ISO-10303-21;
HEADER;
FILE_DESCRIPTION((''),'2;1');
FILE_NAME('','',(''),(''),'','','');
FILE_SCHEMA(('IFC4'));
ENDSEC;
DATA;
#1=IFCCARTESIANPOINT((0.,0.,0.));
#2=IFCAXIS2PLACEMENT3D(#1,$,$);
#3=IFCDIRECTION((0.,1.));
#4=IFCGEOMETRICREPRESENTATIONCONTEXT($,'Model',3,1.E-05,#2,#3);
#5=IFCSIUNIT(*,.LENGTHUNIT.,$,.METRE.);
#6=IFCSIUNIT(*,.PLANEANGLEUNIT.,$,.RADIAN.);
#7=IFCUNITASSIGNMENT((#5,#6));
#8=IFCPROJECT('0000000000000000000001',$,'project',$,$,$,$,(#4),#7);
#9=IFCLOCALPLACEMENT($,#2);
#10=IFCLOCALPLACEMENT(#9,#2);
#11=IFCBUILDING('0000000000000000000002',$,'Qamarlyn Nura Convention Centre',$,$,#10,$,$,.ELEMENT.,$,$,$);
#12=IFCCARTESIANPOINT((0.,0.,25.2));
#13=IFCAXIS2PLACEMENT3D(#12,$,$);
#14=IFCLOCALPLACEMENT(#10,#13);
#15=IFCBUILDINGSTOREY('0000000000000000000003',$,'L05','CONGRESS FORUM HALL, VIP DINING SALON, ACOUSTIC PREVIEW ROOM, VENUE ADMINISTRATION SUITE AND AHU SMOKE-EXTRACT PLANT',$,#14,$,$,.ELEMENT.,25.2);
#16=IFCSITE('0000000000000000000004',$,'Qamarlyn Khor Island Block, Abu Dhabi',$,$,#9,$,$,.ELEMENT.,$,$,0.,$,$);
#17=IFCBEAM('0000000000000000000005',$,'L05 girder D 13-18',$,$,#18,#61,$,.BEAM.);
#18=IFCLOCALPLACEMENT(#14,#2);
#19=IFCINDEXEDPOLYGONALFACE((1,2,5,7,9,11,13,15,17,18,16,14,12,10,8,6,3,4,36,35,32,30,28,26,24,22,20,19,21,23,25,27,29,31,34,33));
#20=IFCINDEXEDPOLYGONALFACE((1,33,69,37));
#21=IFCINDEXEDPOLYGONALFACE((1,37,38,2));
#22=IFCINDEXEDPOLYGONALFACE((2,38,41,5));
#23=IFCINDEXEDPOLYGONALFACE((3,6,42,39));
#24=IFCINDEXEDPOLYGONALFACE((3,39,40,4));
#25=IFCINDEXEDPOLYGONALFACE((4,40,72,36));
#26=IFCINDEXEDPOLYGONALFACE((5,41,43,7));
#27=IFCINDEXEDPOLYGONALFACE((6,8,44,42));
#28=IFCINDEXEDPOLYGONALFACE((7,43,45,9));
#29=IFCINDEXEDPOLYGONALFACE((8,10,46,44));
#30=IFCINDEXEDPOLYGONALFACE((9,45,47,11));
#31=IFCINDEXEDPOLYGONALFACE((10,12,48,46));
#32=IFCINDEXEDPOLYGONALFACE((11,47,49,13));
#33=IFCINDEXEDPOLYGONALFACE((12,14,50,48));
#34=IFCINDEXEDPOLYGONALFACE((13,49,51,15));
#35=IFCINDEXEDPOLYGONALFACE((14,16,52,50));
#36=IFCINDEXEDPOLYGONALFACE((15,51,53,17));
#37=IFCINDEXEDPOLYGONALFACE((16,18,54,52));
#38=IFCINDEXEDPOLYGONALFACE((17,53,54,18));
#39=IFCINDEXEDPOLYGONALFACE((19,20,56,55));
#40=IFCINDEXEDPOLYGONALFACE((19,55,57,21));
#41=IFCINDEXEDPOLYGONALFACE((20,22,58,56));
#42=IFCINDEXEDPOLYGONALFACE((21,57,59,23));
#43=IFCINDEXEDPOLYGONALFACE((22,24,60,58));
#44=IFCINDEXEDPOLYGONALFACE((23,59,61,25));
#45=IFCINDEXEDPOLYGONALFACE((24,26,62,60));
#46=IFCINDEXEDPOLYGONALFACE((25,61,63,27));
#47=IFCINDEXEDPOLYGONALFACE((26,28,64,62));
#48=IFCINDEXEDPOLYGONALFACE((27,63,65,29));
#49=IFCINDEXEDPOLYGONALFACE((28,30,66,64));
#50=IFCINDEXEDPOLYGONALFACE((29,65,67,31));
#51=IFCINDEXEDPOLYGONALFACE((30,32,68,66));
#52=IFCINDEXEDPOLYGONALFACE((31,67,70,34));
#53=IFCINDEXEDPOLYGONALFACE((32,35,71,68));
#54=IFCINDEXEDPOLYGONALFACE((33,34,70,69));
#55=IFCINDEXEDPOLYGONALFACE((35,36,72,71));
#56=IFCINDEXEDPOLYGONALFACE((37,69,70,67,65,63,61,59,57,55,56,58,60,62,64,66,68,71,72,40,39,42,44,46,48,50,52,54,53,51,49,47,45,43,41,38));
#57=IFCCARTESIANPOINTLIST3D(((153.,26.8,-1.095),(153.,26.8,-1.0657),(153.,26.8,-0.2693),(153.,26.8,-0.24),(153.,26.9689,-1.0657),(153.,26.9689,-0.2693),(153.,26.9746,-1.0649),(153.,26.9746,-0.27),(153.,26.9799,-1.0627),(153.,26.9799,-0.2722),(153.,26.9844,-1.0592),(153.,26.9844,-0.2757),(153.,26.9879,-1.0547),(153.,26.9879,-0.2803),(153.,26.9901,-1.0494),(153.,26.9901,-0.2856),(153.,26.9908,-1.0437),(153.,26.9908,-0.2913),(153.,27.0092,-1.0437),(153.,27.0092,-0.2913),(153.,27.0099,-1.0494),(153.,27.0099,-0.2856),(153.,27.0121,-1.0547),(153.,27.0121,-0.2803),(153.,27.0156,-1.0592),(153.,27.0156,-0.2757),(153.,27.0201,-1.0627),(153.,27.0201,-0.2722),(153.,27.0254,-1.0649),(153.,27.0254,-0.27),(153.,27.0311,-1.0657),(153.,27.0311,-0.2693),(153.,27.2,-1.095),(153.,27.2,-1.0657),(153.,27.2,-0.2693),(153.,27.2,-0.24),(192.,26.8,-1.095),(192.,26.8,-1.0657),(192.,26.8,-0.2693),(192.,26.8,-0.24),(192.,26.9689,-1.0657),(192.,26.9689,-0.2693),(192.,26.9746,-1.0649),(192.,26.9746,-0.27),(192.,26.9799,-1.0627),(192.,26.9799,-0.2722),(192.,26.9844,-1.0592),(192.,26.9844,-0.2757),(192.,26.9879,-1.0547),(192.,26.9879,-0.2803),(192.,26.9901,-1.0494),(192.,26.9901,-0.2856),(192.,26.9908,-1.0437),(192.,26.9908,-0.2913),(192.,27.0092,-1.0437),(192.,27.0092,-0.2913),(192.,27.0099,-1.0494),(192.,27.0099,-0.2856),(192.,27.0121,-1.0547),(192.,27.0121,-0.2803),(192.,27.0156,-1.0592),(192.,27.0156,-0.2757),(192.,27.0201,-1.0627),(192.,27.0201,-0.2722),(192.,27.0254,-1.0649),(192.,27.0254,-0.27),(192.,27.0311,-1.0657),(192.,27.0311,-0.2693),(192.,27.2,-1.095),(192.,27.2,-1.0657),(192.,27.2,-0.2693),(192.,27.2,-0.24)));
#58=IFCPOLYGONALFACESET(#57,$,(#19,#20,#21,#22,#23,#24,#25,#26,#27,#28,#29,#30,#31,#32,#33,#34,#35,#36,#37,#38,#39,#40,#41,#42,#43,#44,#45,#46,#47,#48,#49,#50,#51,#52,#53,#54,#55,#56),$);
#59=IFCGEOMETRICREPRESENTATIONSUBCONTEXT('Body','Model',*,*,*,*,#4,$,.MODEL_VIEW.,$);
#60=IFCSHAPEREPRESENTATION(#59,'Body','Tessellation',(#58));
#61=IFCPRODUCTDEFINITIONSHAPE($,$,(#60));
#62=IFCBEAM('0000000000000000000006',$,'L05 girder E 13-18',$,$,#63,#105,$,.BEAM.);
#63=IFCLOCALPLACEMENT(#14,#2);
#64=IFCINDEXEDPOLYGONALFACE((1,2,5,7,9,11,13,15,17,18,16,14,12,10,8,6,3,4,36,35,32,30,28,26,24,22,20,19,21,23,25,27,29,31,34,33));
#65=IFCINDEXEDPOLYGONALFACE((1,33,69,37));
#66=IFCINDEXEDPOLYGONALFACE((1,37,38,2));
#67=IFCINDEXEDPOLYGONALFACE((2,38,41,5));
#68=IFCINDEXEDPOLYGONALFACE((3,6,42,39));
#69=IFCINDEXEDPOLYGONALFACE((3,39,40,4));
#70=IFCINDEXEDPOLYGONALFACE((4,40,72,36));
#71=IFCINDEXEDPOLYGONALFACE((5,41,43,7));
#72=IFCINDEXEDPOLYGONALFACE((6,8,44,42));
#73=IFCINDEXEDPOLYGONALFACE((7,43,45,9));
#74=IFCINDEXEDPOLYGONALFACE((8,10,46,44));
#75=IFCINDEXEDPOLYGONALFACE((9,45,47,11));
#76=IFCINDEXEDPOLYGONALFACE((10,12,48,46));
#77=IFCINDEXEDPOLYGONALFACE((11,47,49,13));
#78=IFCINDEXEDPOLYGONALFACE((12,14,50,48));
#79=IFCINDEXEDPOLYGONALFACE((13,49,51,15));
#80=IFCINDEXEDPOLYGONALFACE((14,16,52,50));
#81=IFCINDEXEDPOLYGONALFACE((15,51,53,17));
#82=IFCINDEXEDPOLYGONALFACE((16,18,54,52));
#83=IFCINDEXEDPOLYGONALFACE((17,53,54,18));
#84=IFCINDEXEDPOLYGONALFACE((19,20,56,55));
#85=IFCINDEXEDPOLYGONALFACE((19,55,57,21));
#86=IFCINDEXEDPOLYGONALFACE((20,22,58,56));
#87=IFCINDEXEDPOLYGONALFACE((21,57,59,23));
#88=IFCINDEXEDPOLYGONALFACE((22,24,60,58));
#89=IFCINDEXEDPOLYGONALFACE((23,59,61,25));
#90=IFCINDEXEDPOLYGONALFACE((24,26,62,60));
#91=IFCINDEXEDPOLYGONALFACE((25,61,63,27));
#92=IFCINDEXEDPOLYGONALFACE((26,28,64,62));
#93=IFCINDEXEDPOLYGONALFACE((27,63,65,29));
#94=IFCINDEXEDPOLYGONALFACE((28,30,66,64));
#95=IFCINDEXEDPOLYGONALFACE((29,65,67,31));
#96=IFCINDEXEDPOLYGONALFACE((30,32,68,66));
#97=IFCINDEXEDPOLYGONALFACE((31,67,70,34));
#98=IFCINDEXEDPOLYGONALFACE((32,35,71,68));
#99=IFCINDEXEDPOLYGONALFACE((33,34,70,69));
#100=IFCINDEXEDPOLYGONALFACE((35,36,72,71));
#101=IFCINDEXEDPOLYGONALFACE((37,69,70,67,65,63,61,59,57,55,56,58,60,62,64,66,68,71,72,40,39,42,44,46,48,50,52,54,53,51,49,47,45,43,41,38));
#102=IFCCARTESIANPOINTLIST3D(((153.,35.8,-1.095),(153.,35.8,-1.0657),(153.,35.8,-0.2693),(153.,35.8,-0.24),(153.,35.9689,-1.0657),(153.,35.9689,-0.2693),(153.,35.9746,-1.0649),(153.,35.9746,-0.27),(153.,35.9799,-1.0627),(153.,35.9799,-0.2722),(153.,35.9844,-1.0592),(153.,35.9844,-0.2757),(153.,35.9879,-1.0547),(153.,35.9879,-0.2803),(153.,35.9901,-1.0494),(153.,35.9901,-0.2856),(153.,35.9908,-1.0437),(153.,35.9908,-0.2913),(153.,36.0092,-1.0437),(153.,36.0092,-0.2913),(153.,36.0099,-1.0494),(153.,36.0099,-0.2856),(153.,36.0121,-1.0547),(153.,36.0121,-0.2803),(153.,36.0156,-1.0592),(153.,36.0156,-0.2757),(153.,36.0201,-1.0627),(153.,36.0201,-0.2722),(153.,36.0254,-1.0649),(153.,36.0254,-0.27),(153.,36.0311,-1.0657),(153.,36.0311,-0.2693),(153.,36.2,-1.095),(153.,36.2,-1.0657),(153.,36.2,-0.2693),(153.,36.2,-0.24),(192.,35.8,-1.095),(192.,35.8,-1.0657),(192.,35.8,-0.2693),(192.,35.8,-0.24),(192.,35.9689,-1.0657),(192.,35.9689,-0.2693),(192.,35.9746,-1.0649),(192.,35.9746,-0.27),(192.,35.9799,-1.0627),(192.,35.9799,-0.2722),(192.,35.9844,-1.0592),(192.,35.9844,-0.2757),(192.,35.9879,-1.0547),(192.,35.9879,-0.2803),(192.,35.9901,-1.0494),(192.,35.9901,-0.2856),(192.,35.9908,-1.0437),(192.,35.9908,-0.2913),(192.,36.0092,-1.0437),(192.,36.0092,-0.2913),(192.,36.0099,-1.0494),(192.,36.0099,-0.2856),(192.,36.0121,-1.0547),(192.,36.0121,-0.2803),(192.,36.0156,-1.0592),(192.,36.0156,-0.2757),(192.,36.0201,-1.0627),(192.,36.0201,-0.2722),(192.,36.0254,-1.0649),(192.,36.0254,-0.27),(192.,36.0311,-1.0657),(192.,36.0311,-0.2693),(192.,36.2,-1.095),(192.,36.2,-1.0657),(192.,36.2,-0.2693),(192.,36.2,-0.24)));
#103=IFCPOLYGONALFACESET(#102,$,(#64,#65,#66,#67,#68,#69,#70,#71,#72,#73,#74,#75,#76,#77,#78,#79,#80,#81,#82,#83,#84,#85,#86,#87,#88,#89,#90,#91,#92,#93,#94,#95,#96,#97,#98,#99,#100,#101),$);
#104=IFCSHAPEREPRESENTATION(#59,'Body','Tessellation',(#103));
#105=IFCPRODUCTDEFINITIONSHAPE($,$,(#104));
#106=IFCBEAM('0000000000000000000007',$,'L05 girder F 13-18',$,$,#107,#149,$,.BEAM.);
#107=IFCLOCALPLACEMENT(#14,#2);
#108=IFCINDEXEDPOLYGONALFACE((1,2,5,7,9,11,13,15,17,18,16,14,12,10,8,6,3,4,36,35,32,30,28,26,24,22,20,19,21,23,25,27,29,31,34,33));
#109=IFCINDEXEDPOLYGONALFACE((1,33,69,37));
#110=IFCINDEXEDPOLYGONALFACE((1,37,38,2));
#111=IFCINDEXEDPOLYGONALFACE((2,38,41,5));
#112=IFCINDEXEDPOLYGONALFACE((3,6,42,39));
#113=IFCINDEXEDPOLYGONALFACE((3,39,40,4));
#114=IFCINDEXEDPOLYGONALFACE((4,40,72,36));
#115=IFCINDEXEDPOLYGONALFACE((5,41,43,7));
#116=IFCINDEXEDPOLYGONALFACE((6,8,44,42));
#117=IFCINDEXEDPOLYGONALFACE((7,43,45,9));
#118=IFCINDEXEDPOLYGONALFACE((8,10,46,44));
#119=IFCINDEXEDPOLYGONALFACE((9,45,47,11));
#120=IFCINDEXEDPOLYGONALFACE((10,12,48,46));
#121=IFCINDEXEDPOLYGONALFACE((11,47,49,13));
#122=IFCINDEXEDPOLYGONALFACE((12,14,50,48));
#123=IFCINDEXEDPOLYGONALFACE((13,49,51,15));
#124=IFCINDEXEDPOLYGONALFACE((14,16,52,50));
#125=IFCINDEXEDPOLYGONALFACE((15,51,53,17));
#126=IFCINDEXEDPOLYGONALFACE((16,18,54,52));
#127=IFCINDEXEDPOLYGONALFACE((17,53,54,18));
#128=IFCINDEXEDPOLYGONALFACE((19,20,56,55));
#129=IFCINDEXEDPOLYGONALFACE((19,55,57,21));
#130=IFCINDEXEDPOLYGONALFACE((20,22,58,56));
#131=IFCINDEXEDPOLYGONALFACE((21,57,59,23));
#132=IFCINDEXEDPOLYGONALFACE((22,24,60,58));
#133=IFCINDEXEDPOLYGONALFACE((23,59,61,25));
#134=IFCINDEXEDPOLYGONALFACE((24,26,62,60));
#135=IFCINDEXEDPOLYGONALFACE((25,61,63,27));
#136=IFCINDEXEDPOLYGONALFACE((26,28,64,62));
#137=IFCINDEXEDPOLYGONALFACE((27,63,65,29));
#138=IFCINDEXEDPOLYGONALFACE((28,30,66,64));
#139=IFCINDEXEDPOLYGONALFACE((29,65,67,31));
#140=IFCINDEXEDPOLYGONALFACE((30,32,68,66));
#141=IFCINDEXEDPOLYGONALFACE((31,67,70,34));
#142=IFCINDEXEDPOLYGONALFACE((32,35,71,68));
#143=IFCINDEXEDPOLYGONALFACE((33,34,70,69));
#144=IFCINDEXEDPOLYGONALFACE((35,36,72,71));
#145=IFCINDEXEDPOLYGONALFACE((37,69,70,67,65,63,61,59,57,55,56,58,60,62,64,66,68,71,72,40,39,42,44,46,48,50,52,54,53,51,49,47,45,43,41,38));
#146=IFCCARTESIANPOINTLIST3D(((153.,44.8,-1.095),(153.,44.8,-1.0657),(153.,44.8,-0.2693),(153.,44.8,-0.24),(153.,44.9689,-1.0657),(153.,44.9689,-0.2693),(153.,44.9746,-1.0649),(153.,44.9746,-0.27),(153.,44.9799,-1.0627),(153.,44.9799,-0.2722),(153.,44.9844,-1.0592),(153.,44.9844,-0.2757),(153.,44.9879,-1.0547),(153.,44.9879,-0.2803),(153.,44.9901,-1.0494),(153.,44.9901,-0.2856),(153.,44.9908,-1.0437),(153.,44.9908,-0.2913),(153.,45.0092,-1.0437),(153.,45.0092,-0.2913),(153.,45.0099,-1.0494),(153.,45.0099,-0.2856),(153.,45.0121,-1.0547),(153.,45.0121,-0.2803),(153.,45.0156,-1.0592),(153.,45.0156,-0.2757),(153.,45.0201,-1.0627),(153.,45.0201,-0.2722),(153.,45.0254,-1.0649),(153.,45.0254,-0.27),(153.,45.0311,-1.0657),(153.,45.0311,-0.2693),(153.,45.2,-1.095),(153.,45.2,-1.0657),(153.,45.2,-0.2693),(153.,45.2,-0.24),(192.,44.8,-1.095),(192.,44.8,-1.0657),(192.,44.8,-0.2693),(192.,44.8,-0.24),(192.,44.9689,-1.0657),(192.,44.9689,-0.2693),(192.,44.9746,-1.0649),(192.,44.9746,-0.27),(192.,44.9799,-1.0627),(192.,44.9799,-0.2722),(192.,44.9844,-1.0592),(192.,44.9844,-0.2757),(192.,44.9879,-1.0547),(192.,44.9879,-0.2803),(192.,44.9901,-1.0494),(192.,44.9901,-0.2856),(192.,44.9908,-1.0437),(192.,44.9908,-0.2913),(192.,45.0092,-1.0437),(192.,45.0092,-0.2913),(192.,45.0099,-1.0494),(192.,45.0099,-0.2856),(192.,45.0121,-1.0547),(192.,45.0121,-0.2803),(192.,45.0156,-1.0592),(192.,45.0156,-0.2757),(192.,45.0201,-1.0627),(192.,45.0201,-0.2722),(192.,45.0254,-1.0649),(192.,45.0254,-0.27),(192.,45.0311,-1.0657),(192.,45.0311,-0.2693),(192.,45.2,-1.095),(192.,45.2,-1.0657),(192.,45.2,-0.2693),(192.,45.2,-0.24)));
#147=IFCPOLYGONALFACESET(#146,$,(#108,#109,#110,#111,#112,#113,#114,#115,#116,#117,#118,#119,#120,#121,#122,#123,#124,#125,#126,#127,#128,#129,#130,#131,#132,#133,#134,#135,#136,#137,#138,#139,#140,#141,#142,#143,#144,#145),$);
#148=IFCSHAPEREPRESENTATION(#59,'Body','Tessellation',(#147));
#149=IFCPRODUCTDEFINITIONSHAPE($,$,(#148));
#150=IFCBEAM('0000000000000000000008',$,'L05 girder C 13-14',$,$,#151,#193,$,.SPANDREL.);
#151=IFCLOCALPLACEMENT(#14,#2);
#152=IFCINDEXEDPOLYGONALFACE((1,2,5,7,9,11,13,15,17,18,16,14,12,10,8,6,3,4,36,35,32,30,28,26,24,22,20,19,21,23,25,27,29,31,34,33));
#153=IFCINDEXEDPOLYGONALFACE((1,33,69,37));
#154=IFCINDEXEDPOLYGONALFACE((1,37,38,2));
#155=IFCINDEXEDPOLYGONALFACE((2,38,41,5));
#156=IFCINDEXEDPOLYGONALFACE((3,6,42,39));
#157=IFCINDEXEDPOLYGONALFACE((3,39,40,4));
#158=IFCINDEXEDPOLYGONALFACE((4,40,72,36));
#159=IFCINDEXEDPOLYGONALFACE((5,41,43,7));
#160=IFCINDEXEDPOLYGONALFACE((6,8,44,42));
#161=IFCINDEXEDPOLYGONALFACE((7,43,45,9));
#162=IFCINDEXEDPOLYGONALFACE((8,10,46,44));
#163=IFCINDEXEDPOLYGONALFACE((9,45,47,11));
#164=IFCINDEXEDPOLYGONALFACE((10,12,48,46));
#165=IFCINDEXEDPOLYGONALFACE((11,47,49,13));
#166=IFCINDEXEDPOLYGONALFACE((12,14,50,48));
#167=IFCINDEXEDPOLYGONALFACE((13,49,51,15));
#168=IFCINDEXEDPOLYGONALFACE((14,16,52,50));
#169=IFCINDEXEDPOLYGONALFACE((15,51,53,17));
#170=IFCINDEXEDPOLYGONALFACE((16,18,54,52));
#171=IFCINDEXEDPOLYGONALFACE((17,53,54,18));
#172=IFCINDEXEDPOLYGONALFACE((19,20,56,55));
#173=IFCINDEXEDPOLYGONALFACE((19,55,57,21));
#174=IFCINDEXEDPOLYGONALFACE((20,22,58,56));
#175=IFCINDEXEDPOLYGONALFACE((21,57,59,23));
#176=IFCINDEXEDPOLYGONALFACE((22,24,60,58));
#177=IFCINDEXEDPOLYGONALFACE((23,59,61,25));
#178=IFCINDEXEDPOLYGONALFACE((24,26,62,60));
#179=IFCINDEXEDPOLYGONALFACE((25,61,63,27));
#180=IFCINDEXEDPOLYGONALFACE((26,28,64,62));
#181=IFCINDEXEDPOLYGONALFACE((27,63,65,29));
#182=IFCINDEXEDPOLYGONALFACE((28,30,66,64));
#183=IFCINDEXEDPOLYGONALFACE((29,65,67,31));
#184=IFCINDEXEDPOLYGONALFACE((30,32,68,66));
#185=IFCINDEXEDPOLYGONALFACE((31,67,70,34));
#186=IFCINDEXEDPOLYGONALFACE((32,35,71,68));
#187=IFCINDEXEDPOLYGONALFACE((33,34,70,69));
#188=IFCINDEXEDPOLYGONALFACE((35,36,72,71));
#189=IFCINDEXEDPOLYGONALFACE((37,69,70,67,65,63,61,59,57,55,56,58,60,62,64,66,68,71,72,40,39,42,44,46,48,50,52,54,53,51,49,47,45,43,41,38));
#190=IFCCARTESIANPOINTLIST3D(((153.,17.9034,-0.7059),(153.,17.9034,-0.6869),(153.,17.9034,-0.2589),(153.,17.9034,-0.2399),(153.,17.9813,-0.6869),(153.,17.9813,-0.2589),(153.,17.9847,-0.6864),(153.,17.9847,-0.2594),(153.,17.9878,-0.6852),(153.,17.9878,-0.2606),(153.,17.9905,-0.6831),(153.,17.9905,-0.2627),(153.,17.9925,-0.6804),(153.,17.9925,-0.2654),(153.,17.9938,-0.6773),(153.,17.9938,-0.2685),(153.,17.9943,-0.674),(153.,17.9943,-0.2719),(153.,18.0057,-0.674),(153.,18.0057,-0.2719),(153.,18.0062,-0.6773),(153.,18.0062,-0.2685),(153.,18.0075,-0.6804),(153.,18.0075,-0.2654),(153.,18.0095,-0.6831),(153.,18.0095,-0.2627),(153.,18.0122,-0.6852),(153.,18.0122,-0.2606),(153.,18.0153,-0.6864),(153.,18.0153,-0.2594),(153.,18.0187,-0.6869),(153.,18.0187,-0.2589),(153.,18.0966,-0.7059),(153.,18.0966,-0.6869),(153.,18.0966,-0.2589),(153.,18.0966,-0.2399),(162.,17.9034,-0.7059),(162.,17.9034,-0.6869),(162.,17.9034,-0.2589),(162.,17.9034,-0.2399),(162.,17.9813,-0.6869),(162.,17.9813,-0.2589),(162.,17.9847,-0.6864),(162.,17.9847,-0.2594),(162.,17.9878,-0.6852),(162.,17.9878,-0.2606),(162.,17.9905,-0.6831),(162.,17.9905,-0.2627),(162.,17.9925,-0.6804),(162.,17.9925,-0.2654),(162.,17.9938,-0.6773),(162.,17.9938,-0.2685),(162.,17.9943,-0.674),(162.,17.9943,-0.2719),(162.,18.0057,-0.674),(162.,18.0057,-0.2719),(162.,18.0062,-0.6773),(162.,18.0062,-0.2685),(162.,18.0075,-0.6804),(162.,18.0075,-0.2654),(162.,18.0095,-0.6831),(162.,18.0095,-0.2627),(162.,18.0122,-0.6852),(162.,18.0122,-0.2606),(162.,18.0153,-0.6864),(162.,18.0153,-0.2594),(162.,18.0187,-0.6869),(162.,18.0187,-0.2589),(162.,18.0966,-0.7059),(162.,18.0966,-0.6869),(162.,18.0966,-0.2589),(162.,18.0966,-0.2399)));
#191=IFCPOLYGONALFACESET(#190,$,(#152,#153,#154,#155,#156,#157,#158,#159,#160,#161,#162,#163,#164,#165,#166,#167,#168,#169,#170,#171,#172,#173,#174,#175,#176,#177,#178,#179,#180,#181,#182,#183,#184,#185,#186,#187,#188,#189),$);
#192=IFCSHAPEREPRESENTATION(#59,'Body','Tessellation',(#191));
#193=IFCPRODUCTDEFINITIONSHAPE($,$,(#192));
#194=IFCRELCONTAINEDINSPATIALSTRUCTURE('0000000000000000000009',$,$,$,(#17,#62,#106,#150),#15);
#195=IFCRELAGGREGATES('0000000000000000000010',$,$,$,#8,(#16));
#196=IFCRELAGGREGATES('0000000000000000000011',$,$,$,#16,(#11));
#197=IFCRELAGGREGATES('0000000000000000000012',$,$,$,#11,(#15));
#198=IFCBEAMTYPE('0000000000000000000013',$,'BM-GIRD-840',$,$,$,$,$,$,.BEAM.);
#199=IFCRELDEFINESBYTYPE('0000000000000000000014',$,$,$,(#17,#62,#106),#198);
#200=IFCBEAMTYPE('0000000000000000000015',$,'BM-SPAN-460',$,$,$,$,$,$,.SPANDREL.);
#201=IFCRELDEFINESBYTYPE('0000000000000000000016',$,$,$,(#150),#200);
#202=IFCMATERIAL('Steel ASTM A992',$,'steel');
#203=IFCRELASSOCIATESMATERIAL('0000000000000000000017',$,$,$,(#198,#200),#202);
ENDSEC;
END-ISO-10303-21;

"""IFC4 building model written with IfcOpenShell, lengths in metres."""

from ifc_helpers import new_model, si_unit, direction, frame, origin, origin_2d, place, context, subcontext, project, spatial, i_section, extrude, material, material_profile, profile_set, type_object, element, save


model = new_model("IFC4")

# Units and contexts
model_context = context("Model", 3, precision=1e-05, world=origin(), true_north=direction((0.0, 1.0)))
body_context = subcontext(model_context, "Body", "Model", "MODEL_VIEW")
ifc_project = project(units=[si_unit("LENGTHUNIT", "METRE"), si_unit("PLANEANGLEUNIT", "RADIAN")], contexts=[model_context])

# Site, building, storey
site_placement = place(None, origin())
site = spatial("IfcSite", under=ifc_project, at=site_placement, Name="Qamarlyn Khor Island Block, Abu Dhabi", CompositionType="ELEMENT", RefElevation=0.0)
building_placement = place(site_placement, origin())
building = spatial("IfcBuilding", under=site, at=building_placement, Name="Qamarlyn Nura Convention Centre", CompositionType="ELEMENT")
storey_placement = place(building_placement, frame((0.0, 0.0, 25.2)))
storey = spatial("IfcBuildingStorey", under=building, at=storey_placement, Name="L05", Description="CONGRESS FORUM HALL, VIP DINING SALON, ACOUSTIC PREVIEW ROOM, VENUE ADMINISTRATION SUITE AND AHU SMOKE-EXTRACT PLANT", CompositionType="ELEMENT", Elevation=25.2)

# Shared definitions
ifc_material_1 = material(Name="Steel ASTM A992", Category="steel")

# Beams
ifc_material_profile_1 = material_profile(ifc_material_1, i_section(OverallWidth=0.3999, OverallDepth=0.855, WebThickness=0.0183, FlangeThickness=0.0293, FilletRadius=0.022, at=origin_2d()), Name="W840X299")
ifc_profile_set_1 = profile_set([ifc_material_profile_1], Name="Steel ASTM A992")
beam_type_1 = type_object("IfcBeamType", Name="BM-GIRD-840", PredefinedType="BEAM", material=ifc_profile_set_1)
for number, where, z_axis, x_axis, name in (
    (1, (153.0, 27.0, -0.6675), (1.0, 0.0, 0.0), (0.0, 1.0, 0.0), "L05 girder D 13-18"),
    (2, (153.0, 36.0, -0.6675), (1.0, 0.0, 0.0), (0.0, 1.0, 0.0), "L05 girder E 13-18"),
    (3, (153.0, 45.0, -0.6675), (1.0, 0.0, 0.0), (0.0, 1.0, 0.0), "L05 girder F 13-18"),
):
    element("IfcBeam", number, at=place(storey_placement, frame(where, z_axis=z_axis, x_axis=x_axis)), inside=storey, type_object=beam_type_1, Name=name, PredefinedType="BEAM", context=body_context, shape_type="SweptSolid", body=[
        extrude(i_section(OverallWidth=0.3999, OverallDepth=0.855, WebThickness=0.0183, FlangeThickness=0.0293, FilletRadius=0.022, at=origin_2d()), origin(), (0.0, 0.0, 1.0), 39.0),
    ])
ifc_material_profile_2 = material_profile(ifc_material_1, i_section(OverallWidth=0.1931, OverallDepth=0.4661, WebThickness=0.0115, FlangeThickness=0.019, FilletRadius=0.0129, at=origin_2d()), Name="W460X97")
ifc_profile_set_2 = profile_set([ifc_material_profile_2], Name="Steel ASTM A992")
beam_type_2 = type_object("IfcBeamType", Name="BM-SPAN-460", PredefinedType="SPANDREL", material=ifc_profile_set_2)
beam_1_placement = place(storey_placement, frame((153.0, 18.0, -0.4729), z_axis=(1.0, 0.0, 0.0), x_axis=(0.0, 1.0, 0.0)))
element("IfcBeam", 4, at=beam_1_placement, inside=storey, type_object=beam_type_2, Name="L05 girder C 13-14", PredefinedType="SPANDREL", context=body_context, shape_type="SweptSolid", body=[
    extrude(i_section(OverallWidth=0.1931, OverallDepth=0.4661, WebThickness=0.0115, FlangeThickness=0.019, FilletRadius=0.0129, at=origin_2d()), origin(), (0.0, 0.0, 1.0), 9.0),
])

save(model, "model.ifc")
